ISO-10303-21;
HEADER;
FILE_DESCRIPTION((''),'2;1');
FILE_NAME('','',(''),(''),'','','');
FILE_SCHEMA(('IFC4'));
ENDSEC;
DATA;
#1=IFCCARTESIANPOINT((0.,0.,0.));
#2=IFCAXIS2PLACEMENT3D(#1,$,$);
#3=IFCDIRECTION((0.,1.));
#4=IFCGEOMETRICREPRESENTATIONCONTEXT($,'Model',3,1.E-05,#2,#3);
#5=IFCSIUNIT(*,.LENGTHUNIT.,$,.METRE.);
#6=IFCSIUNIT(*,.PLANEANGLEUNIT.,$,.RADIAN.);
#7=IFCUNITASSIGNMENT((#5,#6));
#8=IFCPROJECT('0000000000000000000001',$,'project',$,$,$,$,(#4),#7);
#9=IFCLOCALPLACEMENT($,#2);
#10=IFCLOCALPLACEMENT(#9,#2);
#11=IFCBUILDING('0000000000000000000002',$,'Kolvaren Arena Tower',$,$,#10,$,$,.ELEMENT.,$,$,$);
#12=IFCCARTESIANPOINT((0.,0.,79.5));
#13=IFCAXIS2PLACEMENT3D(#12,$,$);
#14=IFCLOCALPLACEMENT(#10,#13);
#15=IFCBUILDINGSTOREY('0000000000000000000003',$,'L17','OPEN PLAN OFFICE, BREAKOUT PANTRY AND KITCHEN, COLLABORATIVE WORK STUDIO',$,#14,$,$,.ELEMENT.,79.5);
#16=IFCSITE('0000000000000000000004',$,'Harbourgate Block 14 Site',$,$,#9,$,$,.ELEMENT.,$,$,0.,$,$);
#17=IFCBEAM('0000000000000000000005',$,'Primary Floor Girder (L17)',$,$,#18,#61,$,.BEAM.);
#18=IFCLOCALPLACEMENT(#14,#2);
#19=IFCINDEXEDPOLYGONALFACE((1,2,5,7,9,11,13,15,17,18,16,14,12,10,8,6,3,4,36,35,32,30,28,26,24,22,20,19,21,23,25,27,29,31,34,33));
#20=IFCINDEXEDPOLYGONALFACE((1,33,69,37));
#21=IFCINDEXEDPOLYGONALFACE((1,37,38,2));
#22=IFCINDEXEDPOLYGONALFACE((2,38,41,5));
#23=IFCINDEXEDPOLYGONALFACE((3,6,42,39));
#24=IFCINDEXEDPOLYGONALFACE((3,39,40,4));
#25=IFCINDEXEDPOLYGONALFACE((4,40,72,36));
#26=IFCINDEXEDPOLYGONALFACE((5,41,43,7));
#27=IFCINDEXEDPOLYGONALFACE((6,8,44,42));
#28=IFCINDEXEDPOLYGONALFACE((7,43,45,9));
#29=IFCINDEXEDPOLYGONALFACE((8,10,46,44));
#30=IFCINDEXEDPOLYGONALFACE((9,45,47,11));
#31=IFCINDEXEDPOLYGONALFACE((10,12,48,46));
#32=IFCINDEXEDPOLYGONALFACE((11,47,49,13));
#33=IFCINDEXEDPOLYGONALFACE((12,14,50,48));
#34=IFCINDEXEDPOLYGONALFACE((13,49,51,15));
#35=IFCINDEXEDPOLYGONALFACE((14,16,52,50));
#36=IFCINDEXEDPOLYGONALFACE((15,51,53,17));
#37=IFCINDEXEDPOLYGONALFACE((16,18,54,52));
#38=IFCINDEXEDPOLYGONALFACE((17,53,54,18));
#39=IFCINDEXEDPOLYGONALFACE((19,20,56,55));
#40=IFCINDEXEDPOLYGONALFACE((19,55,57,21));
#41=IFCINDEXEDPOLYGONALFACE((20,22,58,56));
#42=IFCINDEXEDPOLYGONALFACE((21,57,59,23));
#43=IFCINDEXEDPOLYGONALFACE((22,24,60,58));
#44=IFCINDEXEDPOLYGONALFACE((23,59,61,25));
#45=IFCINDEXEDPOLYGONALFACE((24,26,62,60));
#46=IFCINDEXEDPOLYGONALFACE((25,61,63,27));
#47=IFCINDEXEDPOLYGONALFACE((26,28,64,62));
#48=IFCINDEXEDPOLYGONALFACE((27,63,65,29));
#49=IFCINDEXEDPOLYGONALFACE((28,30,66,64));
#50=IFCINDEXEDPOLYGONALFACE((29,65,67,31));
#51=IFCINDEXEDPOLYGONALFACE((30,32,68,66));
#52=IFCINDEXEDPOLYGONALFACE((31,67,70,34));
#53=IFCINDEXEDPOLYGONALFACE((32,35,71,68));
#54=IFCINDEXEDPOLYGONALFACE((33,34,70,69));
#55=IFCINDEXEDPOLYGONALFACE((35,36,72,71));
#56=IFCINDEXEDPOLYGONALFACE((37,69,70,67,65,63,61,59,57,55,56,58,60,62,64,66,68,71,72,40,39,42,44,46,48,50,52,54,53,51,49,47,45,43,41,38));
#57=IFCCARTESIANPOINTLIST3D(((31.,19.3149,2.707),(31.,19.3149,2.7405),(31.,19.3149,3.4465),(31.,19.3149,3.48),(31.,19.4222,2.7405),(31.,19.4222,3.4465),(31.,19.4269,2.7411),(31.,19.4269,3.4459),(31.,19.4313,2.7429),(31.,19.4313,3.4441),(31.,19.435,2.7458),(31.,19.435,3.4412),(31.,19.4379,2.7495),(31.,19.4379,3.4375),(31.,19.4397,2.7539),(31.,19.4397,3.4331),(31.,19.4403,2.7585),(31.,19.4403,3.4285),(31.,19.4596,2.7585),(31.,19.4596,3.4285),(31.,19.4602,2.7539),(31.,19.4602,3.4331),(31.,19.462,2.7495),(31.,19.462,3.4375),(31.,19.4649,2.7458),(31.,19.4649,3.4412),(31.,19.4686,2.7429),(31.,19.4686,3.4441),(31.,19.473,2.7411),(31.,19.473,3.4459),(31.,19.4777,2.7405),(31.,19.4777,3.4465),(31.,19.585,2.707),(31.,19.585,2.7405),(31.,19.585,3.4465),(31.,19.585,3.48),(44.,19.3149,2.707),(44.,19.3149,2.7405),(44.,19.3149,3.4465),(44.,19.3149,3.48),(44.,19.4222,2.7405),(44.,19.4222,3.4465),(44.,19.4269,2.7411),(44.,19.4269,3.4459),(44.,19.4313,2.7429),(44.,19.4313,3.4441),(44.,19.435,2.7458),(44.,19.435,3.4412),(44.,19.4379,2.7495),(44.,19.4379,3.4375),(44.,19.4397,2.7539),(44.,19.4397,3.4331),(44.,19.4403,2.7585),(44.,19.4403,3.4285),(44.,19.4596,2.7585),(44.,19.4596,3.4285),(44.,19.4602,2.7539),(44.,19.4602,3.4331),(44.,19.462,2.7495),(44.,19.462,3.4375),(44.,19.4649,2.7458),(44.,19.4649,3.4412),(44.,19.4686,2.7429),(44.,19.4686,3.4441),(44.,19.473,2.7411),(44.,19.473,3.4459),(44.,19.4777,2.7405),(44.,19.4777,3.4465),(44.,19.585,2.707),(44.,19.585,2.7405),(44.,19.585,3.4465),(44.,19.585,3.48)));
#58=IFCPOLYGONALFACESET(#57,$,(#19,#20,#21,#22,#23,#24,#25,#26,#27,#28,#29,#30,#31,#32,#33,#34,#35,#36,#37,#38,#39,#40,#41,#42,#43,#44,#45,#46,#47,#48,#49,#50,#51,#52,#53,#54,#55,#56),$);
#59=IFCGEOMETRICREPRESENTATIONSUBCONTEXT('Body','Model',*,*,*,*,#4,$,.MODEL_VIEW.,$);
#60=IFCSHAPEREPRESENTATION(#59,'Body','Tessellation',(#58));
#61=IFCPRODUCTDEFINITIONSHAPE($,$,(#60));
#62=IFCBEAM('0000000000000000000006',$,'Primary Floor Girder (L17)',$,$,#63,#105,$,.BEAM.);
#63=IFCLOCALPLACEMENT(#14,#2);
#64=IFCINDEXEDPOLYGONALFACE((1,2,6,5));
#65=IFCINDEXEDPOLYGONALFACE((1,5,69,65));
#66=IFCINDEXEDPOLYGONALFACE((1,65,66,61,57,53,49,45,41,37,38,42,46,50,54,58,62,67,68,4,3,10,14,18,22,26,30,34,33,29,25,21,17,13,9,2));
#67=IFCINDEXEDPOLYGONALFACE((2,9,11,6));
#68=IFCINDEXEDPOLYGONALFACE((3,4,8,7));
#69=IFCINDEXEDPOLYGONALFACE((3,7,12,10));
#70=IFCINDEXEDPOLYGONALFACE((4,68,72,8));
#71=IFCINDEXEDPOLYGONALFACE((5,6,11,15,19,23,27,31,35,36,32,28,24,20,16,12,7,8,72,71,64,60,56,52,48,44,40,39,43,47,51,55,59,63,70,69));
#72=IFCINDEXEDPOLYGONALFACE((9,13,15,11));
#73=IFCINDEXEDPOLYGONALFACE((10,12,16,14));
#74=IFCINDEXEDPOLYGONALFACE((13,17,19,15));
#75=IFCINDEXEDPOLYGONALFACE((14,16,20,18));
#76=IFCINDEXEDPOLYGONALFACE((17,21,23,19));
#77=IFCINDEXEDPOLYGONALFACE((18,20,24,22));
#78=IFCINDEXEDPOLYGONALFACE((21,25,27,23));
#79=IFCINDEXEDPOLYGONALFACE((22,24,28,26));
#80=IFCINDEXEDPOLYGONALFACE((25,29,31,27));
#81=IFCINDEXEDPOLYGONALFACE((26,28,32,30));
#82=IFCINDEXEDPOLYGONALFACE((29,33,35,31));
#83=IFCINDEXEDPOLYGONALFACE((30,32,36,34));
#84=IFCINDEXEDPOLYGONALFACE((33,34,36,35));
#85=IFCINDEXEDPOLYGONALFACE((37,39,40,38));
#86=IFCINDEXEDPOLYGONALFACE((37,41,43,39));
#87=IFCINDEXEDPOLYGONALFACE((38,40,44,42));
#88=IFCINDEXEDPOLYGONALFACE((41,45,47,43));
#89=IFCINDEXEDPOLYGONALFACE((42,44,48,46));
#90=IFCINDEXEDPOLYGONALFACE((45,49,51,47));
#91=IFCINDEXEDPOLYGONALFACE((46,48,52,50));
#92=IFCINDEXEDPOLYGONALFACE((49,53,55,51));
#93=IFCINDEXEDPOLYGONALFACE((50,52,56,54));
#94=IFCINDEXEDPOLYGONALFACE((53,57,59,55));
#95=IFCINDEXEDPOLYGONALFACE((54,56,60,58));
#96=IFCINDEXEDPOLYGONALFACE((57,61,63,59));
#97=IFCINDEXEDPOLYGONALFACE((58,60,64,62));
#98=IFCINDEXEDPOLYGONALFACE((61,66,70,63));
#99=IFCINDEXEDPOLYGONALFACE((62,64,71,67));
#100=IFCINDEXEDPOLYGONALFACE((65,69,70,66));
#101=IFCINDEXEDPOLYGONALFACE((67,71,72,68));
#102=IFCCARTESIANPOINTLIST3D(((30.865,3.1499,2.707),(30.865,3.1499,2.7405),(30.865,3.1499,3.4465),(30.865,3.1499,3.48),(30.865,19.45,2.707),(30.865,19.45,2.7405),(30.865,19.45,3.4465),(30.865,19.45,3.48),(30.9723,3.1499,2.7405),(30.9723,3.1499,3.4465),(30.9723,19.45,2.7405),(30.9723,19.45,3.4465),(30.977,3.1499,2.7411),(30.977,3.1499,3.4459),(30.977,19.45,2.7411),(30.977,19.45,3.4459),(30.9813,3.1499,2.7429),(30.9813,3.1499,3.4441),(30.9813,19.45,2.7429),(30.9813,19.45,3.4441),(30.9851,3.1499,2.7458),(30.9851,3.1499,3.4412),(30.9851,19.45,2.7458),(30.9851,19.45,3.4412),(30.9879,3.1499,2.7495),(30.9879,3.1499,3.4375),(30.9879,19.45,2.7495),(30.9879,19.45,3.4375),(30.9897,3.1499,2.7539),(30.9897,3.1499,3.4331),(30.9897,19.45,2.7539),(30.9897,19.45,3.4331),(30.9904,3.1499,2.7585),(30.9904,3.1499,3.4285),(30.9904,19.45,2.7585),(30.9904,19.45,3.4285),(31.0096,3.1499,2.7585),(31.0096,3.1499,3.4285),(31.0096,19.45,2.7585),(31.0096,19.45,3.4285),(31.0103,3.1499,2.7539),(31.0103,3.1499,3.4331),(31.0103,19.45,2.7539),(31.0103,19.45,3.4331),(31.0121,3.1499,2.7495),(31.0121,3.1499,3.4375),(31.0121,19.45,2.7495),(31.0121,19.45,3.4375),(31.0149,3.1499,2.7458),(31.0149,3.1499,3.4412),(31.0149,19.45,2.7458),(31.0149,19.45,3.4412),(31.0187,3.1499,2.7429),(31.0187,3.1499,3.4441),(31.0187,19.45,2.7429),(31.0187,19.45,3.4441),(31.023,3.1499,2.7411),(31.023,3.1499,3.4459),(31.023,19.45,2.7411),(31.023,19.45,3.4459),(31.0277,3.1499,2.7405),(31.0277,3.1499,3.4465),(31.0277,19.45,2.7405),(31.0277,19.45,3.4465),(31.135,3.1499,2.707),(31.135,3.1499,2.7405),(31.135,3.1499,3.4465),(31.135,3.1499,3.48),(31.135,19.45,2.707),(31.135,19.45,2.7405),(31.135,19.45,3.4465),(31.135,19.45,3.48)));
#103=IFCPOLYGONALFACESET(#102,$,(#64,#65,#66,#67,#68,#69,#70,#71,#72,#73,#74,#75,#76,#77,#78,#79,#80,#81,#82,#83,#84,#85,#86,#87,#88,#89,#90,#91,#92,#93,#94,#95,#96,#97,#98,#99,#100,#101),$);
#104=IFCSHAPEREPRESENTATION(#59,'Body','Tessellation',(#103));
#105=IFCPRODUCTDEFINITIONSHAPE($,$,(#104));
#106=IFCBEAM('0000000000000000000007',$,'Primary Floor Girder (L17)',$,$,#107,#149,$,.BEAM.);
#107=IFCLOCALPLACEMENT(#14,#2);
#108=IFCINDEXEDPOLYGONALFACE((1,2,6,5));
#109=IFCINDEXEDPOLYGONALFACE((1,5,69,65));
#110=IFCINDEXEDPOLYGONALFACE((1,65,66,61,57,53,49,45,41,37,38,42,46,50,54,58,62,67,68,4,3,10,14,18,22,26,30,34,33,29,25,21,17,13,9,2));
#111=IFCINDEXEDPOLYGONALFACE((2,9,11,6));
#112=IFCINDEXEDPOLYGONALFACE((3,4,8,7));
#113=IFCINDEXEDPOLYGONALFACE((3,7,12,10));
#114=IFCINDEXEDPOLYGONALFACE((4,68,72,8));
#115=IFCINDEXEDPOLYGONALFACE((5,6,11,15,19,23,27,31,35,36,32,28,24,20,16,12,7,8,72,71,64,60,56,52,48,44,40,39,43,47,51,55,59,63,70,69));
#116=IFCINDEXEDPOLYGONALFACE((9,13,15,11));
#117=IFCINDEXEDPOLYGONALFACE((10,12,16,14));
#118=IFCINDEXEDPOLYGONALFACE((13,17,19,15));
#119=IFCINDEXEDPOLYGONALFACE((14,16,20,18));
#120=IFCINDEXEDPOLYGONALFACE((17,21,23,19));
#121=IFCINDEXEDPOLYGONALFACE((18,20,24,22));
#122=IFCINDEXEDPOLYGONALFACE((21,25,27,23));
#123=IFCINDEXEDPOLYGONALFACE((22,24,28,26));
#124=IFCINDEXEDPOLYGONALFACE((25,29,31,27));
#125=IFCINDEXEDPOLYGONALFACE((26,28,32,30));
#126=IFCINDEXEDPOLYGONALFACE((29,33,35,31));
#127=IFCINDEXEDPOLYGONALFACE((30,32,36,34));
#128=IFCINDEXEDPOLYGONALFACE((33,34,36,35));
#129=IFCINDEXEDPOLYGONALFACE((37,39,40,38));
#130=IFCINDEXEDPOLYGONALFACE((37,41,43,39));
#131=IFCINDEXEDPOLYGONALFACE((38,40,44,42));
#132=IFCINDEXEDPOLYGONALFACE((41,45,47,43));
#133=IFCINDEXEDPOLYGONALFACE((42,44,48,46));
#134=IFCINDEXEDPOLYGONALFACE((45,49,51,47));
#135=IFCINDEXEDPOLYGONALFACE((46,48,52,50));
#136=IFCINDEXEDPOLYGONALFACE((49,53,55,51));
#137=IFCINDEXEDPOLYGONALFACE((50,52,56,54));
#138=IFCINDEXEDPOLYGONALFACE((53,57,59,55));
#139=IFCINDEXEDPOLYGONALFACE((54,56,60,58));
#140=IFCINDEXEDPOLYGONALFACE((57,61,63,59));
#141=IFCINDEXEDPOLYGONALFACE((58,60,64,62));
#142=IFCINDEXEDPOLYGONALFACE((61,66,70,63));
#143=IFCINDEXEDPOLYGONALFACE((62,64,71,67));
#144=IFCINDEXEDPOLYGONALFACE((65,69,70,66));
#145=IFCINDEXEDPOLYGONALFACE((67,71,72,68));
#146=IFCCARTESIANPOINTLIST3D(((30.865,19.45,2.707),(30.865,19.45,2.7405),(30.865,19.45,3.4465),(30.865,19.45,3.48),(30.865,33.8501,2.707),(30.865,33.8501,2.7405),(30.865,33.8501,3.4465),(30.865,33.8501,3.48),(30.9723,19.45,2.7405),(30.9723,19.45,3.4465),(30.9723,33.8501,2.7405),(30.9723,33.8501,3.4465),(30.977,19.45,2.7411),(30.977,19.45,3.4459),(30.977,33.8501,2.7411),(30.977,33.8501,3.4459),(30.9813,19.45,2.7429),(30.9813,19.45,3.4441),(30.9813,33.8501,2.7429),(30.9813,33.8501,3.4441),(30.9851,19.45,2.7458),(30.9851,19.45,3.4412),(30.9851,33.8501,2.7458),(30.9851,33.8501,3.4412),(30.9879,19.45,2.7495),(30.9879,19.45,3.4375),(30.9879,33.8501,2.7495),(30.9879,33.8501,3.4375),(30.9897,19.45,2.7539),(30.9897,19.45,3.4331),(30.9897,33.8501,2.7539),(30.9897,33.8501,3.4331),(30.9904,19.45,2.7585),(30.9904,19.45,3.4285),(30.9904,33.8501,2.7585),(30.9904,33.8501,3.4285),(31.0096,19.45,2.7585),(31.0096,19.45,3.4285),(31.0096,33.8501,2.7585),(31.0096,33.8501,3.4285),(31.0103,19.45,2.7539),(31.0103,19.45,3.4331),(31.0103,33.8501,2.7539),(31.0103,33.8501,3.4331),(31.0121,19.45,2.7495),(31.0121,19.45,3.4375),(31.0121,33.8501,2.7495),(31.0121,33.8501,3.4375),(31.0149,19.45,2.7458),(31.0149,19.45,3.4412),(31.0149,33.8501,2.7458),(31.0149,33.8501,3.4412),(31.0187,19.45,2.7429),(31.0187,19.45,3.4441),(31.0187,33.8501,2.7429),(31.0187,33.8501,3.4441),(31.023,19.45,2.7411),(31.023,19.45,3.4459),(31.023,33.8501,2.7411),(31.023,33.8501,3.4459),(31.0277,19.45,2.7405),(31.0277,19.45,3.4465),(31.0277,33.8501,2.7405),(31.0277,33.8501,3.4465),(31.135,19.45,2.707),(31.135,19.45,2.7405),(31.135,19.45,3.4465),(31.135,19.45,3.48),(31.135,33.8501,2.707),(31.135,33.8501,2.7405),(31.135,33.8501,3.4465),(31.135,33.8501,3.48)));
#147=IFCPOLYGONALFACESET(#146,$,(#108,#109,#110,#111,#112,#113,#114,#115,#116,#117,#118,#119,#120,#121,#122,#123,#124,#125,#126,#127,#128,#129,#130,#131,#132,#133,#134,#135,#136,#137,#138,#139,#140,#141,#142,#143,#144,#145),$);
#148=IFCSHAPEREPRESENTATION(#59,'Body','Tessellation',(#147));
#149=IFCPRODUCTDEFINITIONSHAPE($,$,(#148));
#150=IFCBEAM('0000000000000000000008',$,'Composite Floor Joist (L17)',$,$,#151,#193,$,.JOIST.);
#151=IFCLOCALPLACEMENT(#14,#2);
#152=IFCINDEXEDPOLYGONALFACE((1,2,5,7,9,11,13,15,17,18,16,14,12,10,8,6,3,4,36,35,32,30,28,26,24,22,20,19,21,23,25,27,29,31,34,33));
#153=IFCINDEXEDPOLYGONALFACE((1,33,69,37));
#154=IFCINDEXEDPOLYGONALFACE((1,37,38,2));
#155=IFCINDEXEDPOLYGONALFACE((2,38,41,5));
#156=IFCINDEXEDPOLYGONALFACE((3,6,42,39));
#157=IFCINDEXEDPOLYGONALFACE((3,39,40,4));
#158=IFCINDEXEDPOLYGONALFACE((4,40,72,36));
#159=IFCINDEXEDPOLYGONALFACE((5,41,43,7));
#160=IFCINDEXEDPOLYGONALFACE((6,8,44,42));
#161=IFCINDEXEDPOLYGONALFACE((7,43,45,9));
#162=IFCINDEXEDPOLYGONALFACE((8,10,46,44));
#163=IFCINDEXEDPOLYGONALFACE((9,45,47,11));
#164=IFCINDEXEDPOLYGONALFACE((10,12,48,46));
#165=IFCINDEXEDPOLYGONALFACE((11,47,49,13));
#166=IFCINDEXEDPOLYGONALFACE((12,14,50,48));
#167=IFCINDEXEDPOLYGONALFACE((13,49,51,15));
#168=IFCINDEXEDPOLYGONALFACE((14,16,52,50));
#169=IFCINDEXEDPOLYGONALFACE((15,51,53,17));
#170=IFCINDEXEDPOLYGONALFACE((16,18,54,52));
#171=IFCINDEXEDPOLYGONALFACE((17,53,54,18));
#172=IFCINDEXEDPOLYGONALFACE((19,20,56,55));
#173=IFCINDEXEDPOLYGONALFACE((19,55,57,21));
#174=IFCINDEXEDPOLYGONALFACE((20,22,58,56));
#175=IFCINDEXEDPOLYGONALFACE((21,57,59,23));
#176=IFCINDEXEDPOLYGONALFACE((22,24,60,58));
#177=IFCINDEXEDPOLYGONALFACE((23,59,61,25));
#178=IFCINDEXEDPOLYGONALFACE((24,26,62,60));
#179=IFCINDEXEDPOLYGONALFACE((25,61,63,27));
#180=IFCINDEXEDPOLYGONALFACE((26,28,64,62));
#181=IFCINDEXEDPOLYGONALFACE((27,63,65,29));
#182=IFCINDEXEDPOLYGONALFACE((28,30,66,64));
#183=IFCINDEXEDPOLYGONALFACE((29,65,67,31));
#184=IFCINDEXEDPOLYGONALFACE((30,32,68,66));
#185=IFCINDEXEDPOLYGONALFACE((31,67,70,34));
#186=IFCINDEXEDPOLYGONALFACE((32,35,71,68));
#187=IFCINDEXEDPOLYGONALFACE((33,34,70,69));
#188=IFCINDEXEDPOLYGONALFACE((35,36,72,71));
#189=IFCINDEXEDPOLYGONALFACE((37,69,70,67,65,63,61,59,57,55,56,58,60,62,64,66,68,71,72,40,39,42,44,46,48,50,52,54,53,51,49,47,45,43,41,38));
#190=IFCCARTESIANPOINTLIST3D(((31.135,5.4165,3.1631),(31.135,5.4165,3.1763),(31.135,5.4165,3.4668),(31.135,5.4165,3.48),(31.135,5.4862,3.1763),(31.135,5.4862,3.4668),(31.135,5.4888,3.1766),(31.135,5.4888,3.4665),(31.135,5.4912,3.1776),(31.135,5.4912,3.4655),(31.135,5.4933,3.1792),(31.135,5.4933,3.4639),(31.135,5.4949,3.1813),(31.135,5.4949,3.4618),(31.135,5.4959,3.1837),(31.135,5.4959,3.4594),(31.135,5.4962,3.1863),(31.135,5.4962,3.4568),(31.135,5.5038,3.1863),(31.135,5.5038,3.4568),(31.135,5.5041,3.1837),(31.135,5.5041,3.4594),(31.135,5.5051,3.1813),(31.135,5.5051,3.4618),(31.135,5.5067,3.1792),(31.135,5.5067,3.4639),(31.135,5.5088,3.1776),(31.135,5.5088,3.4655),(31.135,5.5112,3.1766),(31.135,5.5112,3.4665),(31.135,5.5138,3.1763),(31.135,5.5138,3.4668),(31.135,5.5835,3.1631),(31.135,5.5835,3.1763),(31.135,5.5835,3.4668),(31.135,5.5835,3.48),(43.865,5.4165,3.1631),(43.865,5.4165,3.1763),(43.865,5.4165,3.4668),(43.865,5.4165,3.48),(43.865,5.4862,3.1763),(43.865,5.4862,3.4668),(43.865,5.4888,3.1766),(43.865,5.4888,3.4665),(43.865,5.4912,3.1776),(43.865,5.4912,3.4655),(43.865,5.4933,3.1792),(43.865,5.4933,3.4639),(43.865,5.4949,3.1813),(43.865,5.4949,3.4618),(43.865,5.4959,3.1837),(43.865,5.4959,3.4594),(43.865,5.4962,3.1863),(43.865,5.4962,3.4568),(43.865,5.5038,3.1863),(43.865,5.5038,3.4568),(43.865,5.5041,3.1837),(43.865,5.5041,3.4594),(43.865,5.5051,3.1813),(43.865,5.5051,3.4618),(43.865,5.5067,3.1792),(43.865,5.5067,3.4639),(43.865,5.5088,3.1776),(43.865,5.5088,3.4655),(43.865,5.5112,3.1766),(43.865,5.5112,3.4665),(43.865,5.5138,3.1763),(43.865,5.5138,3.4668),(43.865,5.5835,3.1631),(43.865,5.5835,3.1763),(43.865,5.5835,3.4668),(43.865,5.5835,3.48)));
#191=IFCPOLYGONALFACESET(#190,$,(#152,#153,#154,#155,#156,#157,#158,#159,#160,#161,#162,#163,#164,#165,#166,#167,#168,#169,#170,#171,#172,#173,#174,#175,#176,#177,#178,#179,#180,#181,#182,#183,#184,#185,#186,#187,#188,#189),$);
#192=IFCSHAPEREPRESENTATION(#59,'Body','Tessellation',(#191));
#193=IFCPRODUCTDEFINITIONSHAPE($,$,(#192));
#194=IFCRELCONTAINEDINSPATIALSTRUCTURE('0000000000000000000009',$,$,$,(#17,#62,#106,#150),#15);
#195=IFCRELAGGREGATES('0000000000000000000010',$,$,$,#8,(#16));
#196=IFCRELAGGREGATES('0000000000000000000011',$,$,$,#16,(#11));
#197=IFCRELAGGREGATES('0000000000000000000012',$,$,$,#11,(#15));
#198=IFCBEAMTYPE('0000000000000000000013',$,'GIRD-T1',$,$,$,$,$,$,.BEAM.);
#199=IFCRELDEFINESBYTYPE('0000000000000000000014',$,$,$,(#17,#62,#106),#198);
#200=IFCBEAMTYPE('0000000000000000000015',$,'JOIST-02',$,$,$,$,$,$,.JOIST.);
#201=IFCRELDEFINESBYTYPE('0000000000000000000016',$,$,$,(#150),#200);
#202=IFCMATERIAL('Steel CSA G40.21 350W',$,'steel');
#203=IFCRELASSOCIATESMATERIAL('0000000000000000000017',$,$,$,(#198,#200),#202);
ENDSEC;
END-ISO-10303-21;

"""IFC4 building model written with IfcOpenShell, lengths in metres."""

from ifc_helpers import new_model, si_unit, direction, frame, origin, origin_2d, place, context, subcontext, project, spatial, i_section, extrude, material, material_profile, profile_set, type_object, element, save


model = new_model("IFC4")

# Units and contexts
model_context = context("Model", 3, precision=1e-05, world=origin(), true_north=direction((0.0, 1.0)))
body_context = subcontext(model_context, "Body", "Model", "MODEL_VIEW")
ifc_project = project(units=[si_unit("LENGTHUNIT", "METRE"), si_unit("PLANEANGLEUNIT", "RADIAN")], contexts=[model_context])

# Site, building, storey
site_placement = place(None, origin())
site = spatial("IfcSite", under=ifc_project, at=site_placement, Name="Harbourgate Block 14 Site", CompositionType="ELEMENT", RefElevation=0.0)
building_placement = place(site_placement, origin())
building = spatial("IfcBuilding", under=site, at=building_placement, Name="Kolvaren Arena Tower", CompositionType="ELEMENT")
storey_placement = place(building_placement, frame((0.0, 0.0, 79.5)))
storey = spatial("IfcBuildingStorey", under=building, at=storey_placement, Name="L17", Description="OPEN PLAN OFFICE, BREAKOUT PANTRY AND KITCHEN, COLLABORATIVE WORK STUDIO", CompositionType="ELEMENT", Elevation=79.5)

# Beams
ifc_material_1 = material(Name="Steel CSA G40.21 350W", Category="steel")
ifc_material_profile_1 = material_profile(ifc_material_1, i_section(OverallWidth=0.27, OverallDepth=0.7729, WebThickness=0.0193, FlangeThickness=0.0334, FilletRadius=0.0181, at=origin_2d()), Name="W760x257")
ifc_profile_set_1 = profile_set([ifc_material_profile_1], Name="Steel CSA G40.21 350W")
beam_type_1 = type_object("IfcBeamType", Name="GIRD-T1", PredefinedType="BEAM", material=ifc_profile_set_1)
beam_1_placement = place(storey_placement, frame((31.0, 19.45, 3.0935), z_axis=(1.0, 0.0, 0.0), x_axis=(0.0, 1.0, 0.0)))
element("IfcBeam", 1, at=beam_1_placement, inside=storey, type_object=beam_type_1, Name="Primary Floor Girder (L17)", PredefinedType="BEAM", context=body_context, shape_type="SweptSolid", body=[
    extrude(i_section(OverallWidth=0.27, OverallDepth=0.7729, WebThickness=0.0193, FlangeThickness=0.0334, FilletRadius=0.0181, at=origin_2d()), origin(), (0.0, 0.0, 1.0), 13.0),
])
beam_2_placement = place(storey_placement, frame((31.0, 3.1499, 3.0935), z_axis=(0.0, 1.0, 0.0), x_axis=(-1.0, 0.0, 0.0)))
element("IfcBeam", 2, at=beam_2_placement, inside=storey, type_object=beam_type_1, Name="Primary Floor Girder (L17)", PredefinedType="BEAM", context=body_context, shape_type="SweptSolid", body=[
    extrude(i_section(OverallWidth=0.27, OverallDepth=0.7729, WebThickness=0.0193, FlangeThickness=0.0334, FilletRadius=0.0181, at=origin_2d()), origin(), (0.0, 0.0, 1.0), 16.3),
])
beam_3_placement = place(storey_placement, frame((31.0, 19.45, 3.0935), z_axis=(0.0, 1.0, 0.0), x_axis=(-1.0, 0.0, 0.0)))
element("IfcBeam", 3, at=beam_3_placement, inside=storey, type_object=beam_type_1, Name="Primary Floor Girder (L17)", PredefinedType="BEAM", context=body_context, shape_type="SweptSolid", body=[
    extrude(i_section(OverallWidth=0.27, OverallDepth=0.7729, WebThickness=0.0193, FlangeThickness=0.0334, FilletRadius=0.0181, at=origin_2d()), origin(), (0.0, 0.0, 1.0), 14.4001),
])
ifc_material_profile_2 = material_profile(ifc_material_1, i_section(OverallWidth=0.167, OverallDepth=0.3169, WebThickness=0.0076, FlangeThickness=0.0132, FilletRadius=0.01, at=origin_2d()), Name="W310x52")
ifc_profile_set_2 = profile_set([ifc_material_profile_2], Name="Steel CSA G40.21 350W")
beam_type_2 = type_object("IfcBeamType", Name="JOIST-02", PredefinedType="JOIST", material=ifc_profile_set_2)
beam_4_placement = place(storey_placement, frame((31.135, 5.5, 3.3215), z_axis=(1.0, 0.0, 0.0), x_axis=(0.0, 1.0, 0.0)))
element("IfcBeam", 4, at=beam_4_placement, inside=storey, type_object=beam_type_2, Name="Composite Floor Joist (L17)", PredefinedType="JOIST", context=body_context, shape_type="SweptSolid", body=[
    extrude(i_section(OverallWidth=0.167, OverallDepth=0.3169, WebThickness=0.0076, FlangeThickness=0.0132, FilletRadius=0.01, at=origin_2d()), origin(), (0.0, 0.0, 1.0), 12.73),
])

save(model, "model.ifc")
